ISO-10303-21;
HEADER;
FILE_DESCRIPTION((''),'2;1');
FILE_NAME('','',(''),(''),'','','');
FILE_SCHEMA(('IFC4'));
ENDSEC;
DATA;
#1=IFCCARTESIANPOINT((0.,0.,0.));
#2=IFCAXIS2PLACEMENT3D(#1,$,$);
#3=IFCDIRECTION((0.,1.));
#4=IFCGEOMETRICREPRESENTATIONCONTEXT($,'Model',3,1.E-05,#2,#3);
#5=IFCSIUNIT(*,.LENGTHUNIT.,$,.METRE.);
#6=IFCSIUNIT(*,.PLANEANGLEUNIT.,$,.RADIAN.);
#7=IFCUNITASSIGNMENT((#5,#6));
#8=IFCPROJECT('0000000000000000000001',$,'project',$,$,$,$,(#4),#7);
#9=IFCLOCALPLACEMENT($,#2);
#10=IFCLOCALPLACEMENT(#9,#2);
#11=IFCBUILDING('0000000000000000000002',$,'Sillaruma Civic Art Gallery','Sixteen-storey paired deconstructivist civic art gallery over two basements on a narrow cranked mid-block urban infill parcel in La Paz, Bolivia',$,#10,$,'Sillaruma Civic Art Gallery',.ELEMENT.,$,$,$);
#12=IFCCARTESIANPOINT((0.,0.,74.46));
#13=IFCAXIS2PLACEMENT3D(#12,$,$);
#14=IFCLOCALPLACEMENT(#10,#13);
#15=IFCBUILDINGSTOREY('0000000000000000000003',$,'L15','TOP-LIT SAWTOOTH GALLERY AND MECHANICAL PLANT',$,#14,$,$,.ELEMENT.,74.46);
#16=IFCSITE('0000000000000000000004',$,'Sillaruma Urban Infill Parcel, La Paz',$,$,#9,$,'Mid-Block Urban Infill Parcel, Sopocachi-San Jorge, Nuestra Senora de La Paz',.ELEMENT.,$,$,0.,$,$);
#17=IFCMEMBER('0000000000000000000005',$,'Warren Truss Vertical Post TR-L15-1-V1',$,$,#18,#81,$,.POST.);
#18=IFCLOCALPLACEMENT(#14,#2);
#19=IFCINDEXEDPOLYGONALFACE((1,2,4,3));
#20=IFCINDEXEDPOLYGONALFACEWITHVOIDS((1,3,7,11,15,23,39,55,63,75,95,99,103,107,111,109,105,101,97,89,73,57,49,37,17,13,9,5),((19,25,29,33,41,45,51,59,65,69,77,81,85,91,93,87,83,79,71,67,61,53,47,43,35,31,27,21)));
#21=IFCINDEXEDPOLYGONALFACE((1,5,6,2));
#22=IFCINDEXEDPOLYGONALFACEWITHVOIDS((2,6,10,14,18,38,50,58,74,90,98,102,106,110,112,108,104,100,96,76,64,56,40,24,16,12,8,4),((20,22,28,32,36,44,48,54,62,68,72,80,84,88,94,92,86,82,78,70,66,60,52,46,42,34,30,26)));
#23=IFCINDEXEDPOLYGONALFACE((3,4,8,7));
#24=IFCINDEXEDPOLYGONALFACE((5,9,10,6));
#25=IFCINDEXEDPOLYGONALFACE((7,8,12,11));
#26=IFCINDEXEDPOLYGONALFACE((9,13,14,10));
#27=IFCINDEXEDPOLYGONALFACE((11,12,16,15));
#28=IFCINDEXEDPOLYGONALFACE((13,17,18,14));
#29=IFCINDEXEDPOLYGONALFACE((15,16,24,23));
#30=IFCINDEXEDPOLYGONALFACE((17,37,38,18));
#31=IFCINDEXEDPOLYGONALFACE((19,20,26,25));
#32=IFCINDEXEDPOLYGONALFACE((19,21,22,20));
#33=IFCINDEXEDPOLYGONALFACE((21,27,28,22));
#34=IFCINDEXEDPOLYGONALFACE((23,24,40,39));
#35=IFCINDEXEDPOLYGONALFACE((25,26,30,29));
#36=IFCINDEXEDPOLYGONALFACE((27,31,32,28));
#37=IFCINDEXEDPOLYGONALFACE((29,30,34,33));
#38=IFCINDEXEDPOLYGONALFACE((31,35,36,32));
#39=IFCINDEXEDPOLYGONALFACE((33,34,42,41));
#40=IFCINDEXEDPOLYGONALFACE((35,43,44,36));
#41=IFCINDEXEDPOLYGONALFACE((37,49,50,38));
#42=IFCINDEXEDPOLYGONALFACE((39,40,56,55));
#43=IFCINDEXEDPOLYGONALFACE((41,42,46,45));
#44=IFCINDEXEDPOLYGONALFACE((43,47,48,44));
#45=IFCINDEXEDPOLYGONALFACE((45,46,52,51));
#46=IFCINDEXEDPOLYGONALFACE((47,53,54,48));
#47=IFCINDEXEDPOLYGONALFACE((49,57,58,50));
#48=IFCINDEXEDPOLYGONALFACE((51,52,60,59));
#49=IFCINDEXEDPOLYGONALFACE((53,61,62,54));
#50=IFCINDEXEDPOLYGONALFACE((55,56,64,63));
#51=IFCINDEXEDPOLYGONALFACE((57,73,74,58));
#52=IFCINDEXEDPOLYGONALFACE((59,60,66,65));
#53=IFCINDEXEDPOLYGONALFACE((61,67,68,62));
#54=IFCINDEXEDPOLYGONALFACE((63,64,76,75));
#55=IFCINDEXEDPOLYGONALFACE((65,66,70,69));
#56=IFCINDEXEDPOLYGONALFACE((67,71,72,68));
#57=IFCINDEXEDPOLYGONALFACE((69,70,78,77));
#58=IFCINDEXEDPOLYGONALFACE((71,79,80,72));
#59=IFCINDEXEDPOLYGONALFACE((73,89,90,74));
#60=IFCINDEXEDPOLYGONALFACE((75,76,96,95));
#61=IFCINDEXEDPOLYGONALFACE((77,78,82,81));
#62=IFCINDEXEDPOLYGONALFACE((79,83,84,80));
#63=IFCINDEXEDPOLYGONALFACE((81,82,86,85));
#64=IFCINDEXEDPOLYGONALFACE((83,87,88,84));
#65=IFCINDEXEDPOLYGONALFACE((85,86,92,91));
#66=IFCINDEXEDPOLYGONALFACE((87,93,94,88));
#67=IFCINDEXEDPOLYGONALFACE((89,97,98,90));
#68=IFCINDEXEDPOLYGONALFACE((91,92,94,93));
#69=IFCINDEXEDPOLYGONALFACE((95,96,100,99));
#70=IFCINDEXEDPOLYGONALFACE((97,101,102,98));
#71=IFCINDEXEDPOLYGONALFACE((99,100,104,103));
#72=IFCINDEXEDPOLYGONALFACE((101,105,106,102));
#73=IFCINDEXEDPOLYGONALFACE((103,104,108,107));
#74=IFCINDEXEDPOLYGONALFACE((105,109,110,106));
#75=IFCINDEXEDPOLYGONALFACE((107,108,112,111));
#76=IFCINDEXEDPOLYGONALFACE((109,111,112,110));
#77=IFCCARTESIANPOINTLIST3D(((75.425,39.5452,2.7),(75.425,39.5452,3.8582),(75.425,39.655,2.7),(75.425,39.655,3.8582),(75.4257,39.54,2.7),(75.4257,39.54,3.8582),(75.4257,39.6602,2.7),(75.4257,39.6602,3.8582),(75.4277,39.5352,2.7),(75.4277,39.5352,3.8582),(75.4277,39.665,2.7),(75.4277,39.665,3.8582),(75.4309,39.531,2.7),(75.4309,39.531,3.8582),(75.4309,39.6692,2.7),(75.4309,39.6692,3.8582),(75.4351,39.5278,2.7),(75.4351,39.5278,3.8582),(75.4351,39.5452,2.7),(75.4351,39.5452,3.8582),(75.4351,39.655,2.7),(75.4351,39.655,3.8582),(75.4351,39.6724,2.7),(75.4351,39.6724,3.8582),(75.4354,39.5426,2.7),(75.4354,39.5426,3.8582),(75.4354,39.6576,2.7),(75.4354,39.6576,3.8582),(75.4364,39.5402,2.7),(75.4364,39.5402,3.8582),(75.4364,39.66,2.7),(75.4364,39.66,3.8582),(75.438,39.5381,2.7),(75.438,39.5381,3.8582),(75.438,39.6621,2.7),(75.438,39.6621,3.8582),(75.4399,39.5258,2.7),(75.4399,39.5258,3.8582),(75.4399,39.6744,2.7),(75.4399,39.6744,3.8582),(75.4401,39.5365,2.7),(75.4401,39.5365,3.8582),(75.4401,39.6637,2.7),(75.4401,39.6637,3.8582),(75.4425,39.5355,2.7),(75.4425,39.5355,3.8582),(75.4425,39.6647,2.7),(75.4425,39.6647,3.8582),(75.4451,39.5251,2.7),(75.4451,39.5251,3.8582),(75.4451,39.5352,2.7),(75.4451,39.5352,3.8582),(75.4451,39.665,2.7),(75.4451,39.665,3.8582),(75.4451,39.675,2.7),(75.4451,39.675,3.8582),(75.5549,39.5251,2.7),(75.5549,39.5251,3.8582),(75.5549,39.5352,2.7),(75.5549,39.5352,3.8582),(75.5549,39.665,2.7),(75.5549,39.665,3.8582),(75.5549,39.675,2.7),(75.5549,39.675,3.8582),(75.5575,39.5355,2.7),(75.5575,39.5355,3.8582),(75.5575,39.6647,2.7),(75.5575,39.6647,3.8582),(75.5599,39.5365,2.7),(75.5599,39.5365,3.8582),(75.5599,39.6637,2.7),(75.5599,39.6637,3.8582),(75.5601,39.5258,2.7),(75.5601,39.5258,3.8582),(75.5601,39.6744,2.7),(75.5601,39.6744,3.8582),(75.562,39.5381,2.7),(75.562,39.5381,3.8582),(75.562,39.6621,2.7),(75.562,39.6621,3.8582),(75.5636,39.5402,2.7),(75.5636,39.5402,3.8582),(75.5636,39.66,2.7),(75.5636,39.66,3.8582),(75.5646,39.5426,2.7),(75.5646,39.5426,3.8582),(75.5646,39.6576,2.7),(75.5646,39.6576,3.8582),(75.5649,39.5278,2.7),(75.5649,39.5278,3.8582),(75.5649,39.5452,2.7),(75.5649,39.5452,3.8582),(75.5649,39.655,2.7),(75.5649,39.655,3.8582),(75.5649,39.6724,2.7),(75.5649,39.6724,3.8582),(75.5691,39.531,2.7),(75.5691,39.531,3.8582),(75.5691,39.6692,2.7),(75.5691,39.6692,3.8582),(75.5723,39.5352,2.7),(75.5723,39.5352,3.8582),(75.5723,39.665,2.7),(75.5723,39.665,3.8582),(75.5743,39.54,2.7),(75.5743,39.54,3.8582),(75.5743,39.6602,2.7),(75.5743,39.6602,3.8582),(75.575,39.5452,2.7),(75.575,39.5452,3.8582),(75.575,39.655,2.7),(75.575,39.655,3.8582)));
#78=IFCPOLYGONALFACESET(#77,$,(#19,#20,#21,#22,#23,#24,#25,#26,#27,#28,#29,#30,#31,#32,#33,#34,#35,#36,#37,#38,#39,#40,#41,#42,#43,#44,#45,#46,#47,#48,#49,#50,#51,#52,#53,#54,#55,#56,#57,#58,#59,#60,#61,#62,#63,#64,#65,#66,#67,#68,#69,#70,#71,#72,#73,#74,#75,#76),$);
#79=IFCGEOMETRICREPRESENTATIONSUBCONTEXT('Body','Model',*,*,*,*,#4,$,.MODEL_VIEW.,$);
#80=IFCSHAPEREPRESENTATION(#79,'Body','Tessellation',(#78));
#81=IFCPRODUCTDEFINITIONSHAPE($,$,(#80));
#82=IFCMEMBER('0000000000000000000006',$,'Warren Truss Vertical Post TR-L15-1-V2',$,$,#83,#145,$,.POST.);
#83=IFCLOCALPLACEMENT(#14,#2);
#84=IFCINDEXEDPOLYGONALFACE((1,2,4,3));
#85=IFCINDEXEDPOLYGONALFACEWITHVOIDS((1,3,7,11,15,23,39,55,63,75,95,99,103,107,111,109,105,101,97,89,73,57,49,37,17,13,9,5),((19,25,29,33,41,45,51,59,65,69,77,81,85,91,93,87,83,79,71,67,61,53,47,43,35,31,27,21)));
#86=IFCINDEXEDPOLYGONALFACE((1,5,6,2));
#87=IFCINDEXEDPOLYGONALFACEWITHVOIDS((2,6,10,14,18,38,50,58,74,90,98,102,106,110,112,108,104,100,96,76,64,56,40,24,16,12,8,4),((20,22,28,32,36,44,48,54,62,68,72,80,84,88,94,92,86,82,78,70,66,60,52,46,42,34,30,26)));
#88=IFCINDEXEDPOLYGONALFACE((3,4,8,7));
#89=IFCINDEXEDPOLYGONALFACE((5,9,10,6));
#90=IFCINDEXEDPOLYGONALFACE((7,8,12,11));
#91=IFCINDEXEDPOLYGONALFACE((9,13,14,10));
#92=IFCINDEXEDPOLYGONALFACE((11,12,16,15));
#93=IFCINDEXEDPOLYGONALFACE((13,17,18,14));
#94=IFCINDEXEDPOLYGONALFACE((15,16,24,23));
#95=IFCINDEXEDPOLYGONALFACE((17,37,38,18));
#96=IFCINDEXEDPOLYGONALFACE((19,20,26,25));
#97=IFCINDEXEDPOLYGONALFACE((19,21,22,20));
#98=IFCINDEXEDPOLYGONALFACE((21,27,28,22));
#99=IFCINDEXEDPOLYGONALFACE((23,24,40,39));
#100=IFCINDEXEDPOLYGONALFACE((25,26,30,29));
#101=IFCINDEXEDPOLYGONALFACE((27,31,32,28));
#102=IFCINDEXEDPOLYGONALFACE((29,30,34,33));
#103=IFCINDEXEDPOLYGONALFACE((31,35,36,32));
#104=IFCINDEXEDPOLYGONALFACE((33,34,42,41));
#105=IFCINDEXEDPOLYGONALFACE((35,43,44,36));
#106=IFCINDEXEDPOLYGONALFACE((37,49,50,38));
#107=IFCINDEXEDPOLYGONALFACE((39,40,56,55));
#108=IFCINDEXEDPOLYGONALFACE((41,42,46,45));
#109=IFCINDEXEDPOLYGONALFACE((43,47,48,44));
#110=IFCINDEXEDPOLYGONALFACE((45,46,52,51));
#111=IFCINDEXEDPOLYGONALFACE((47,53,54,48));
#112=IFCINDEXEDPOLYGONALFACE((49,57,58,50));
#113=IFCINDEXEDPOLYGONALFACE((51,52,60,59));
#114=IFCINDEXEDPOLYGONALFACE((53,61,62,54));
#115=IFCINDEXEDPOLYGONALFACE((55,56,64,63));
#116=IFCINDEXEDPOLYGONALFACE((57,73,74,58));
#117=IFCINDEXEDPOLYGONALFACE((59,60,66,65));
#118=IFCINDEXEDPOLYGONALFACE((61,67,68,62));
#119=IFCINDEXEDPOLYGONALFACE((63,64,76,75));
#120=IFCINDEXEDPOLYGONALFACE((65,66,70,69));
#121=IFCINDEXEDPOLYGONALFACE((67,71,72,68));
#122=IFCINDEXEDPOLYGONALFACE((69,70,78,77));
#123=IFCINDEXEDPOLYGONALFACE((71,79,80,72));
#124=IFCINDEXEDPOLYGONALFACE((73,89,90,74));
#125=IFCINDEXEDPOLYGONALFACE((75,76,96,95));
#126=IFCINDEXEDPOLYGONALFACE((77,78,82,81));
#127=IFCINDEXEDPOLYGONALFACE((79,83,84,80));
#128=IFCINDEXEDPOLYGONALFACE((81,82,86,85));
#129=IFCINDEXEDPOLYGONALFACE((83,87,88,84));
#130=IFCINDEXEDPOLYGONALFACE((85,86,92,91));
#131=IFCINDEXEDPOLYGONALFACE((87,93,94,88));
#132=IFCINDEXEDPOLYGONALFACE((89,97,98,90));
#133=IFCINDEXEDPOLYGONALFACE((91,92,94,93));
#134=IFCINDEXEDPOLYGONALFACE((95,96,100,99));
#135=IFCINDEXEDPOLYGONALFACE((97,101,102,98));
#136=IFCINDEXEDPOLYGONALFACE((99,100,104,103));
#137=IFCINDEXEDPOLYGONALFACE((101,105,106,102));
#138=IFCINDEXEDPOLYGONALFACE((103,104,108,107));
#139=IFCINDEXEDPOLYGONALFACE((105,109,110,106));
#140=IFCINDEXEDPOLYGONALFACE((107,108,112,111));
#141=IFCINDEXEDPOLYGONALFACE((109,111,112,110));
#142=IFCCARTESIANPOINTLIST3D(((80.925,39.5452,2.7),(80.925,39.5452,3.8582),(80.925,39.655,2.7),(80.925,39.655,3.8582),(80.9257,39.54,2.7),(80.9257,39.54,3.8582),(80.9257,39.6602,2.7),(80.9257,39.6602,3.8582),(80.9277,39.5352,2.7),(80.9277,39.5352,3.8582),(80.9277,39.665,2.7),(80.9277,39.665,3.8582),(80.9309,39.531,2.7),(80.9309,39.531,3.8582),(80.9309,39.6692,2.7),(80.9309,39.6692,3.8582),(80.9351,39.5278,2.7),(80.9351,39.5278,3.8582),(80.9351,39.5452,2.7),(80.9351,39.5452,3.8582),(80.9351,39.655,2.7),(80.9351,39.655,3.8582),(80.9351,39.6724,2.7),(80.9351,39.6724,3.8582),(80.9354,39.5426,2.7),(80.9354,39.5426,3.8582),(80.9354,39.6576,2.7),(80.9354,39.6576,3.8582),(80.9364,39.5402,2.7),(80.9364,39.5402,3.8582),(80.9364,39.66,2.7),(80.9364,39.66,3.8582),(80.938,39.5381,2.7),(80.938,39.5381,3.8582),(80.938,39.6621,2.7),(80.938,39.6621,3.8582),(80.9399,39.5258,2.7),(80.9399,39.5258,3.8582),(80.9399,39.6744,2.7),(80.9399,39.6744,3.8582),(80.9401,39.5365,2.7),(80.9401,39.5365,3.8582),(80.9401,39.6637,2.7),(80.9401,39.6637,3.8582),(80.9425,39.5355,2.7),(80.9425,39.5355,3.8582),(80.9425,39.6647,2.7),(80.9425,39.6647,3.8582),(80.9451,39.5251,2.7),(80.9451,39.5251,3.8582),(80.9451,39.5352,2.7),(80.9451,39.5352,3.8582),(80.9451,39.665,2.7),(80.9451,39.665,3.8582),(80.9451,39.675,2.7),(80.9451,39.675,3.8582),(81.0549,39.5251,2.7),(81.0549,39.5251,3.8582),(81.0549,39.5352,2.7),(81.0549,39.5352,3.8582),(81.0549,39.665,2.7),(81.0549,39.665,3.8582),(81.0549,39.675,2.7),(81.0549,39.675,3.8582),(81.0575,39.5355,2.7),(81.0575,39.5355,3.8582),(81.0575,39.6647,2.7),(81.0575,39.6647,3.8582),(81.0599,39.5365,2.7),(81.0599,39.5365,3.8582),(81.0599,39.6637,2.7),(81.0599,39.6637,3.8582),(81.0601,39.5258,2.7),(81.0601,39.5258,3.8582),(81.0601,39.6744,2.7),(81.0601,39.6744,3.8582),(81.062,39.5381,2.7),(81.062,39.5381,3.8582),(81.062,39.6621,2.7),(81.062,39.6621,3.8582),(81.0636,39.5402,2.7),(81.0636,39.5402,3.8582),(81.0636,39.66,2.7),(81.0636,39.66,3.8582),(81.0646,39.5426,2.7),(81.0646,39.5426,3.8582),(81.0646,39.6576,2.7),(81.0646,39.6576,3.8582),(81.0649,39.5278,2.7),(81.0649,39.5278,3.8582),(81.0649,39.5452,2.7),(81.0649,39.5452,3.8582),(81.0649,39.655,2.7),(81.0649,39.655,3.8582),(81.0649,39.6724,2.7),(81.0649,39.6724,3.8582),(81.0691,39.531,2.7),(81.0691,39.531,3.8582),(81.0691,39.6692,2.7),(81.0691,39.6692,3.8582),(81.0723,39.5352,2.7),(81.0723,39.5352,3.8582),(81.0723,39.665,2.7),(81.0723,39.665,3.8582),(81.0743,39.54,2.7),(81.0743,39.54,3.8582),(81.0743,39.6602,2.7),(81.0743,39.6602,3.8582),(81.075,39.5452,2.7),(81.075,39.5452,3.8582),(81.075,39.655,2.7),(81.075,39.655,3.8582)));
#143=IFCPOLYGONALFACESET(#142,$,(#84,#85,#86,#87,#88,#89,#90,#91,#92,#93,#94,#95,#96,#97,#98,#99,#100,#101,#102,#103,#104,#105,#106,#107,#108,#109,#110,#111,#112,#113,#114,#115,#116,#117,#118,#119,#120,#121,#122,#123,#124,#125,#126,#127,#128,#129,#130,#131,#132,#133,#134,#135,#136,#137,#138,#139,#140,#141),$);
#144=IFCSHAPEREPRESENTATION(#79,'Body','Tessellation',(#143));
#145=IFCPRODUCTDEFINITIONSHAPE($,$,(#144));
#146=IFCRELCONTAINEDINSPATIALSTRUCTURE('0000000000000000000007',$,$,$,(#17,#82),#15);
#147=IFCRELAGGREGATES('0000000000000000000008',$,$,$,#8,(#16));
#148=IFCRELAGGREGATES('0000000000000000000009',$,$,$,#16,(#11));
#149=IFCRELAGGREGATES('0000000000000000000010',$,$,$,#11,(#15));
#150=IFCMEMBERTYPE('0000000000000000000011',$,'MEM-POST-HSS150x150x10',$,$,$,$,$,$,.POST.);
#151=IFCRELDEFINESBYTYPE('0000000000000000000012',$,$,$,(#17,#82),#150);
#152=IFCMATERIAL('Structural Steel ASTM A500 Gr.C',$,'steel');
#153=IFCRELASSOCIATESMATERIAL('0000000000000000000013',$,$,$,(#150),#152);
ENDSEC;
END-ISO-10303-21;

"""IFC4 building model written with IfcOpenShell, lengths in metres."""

from ifc_helpers import new_model, si_unit, direction, frame, origin, origin_2d, place, context, subcontext, project, spatial, hollow_rectangle, extrude, material, material_profile, profile_set, type_object, element, save


model = new_model("IFC4")

# Units and contexts
model_context = context("Model", 3, precision=1e-05, world=origin(), true_north=direction((0.0, 1.0)))
body_context = subcontext(model_context, "Body", "Model", "MODEL_VIEW")
ifc_project = project(units=[si_unit("LENGTHUNIT", "METRE"), si_unit("PLANEANGLEUNIT", "RADIAN")], contexts=[model_context])

# Site, building, storey
site_placement = place(None, origin())
site = spatial("IfcSite", under=ifc_project, at=site_placement, Name="Sillaruma Urban Infill Parcel, La Paz", LongName="Mid-Block Urban Infill Parcel, Sopocachi-San Jorge, Nuestra Senora de La Paz", CompositionType="ELEMENT", RefElevation=0.0)
building_placement = place(site_placement, origin())
building = spatial("IfcBuilding", under=site, at=building_placement, Name="Sillaruma Civic Art Gallery", Description="Sixteen-storey paired deconstructivist civic art gallery over two basements on a narrow cranked mid-block urban infill parcel in La Paz, Bolivia", LongName="Sillaruma Civic Art Gallery", CompositionType="ELEMENT")
storey_placement = place(building_placement, frame((0.0, 0.0, 74.46)))
storey = spatial("IfcBuildingStorey", under=building, at=storey_placement, Name="L15", Description="TOP-LIT SAWTOOTH GALLERY AND MECHANICAL PLANT", CompositionType="ELEMENT", Elevation=74.46)

# Members
ifc_material_1 = material(Name="Structural Steel ASTM A500 Gr.C", Category="steel")
ifc_material_profile_1 = material_profile(ifc_material_1, hollow_rectangle(XDim=0.1499, YDim=0.1499, WallThickness=0.01, InnerFilletRadius=0.01, OuterFilletRadius=0.02, at=origin_2d()), Name="HSS150x150x10")
ifc_profile_set_1 = profile_set([ifc_material_profile_1], Name="Structural Steel ASTM A500 Gr.C")
member_type_1 = type_object("IfcMemberType", Name="MEM-POST-HSS150x150x10", PredefinedType="POST", material=ifc_profile_set_1)
for number, where, z_axis, x_axis, name in (
    (1, (75.5, 39.6001, 2.7), (0.0, 0.0, 1.0), (1.0, 0.0, 0.0), "Warren Truss Vertical Post TR-L15-1-V1"),
    (2, (81.0, 39.6001, 2.7), (0.0, 0.0, 1.0), (1.0, 0.0, 0.0), "Warren Truss Vertical Post TR-L15-1-V2"),
):
    element("IfcMember", number, at=place(storey_placement, frame(where, z_axis=z_axis, x_axis=x_axis)), inside=storey, type_object=member_type_1, Name=name, PredefinedType="POST", context=body_context, shape_type="SweptSolid", body=[
        extrude(hollow_rectangle(XDim=0.1499, YDim=0.1499, WallThickness=0.01, InnerFilletRadius=0.01, OuterFilletRadius=0.02, at=origin_2d()), origin(), (0.0, 0.0, 1.0), 1.1582),
    ])

save(model, "model.ifc")
